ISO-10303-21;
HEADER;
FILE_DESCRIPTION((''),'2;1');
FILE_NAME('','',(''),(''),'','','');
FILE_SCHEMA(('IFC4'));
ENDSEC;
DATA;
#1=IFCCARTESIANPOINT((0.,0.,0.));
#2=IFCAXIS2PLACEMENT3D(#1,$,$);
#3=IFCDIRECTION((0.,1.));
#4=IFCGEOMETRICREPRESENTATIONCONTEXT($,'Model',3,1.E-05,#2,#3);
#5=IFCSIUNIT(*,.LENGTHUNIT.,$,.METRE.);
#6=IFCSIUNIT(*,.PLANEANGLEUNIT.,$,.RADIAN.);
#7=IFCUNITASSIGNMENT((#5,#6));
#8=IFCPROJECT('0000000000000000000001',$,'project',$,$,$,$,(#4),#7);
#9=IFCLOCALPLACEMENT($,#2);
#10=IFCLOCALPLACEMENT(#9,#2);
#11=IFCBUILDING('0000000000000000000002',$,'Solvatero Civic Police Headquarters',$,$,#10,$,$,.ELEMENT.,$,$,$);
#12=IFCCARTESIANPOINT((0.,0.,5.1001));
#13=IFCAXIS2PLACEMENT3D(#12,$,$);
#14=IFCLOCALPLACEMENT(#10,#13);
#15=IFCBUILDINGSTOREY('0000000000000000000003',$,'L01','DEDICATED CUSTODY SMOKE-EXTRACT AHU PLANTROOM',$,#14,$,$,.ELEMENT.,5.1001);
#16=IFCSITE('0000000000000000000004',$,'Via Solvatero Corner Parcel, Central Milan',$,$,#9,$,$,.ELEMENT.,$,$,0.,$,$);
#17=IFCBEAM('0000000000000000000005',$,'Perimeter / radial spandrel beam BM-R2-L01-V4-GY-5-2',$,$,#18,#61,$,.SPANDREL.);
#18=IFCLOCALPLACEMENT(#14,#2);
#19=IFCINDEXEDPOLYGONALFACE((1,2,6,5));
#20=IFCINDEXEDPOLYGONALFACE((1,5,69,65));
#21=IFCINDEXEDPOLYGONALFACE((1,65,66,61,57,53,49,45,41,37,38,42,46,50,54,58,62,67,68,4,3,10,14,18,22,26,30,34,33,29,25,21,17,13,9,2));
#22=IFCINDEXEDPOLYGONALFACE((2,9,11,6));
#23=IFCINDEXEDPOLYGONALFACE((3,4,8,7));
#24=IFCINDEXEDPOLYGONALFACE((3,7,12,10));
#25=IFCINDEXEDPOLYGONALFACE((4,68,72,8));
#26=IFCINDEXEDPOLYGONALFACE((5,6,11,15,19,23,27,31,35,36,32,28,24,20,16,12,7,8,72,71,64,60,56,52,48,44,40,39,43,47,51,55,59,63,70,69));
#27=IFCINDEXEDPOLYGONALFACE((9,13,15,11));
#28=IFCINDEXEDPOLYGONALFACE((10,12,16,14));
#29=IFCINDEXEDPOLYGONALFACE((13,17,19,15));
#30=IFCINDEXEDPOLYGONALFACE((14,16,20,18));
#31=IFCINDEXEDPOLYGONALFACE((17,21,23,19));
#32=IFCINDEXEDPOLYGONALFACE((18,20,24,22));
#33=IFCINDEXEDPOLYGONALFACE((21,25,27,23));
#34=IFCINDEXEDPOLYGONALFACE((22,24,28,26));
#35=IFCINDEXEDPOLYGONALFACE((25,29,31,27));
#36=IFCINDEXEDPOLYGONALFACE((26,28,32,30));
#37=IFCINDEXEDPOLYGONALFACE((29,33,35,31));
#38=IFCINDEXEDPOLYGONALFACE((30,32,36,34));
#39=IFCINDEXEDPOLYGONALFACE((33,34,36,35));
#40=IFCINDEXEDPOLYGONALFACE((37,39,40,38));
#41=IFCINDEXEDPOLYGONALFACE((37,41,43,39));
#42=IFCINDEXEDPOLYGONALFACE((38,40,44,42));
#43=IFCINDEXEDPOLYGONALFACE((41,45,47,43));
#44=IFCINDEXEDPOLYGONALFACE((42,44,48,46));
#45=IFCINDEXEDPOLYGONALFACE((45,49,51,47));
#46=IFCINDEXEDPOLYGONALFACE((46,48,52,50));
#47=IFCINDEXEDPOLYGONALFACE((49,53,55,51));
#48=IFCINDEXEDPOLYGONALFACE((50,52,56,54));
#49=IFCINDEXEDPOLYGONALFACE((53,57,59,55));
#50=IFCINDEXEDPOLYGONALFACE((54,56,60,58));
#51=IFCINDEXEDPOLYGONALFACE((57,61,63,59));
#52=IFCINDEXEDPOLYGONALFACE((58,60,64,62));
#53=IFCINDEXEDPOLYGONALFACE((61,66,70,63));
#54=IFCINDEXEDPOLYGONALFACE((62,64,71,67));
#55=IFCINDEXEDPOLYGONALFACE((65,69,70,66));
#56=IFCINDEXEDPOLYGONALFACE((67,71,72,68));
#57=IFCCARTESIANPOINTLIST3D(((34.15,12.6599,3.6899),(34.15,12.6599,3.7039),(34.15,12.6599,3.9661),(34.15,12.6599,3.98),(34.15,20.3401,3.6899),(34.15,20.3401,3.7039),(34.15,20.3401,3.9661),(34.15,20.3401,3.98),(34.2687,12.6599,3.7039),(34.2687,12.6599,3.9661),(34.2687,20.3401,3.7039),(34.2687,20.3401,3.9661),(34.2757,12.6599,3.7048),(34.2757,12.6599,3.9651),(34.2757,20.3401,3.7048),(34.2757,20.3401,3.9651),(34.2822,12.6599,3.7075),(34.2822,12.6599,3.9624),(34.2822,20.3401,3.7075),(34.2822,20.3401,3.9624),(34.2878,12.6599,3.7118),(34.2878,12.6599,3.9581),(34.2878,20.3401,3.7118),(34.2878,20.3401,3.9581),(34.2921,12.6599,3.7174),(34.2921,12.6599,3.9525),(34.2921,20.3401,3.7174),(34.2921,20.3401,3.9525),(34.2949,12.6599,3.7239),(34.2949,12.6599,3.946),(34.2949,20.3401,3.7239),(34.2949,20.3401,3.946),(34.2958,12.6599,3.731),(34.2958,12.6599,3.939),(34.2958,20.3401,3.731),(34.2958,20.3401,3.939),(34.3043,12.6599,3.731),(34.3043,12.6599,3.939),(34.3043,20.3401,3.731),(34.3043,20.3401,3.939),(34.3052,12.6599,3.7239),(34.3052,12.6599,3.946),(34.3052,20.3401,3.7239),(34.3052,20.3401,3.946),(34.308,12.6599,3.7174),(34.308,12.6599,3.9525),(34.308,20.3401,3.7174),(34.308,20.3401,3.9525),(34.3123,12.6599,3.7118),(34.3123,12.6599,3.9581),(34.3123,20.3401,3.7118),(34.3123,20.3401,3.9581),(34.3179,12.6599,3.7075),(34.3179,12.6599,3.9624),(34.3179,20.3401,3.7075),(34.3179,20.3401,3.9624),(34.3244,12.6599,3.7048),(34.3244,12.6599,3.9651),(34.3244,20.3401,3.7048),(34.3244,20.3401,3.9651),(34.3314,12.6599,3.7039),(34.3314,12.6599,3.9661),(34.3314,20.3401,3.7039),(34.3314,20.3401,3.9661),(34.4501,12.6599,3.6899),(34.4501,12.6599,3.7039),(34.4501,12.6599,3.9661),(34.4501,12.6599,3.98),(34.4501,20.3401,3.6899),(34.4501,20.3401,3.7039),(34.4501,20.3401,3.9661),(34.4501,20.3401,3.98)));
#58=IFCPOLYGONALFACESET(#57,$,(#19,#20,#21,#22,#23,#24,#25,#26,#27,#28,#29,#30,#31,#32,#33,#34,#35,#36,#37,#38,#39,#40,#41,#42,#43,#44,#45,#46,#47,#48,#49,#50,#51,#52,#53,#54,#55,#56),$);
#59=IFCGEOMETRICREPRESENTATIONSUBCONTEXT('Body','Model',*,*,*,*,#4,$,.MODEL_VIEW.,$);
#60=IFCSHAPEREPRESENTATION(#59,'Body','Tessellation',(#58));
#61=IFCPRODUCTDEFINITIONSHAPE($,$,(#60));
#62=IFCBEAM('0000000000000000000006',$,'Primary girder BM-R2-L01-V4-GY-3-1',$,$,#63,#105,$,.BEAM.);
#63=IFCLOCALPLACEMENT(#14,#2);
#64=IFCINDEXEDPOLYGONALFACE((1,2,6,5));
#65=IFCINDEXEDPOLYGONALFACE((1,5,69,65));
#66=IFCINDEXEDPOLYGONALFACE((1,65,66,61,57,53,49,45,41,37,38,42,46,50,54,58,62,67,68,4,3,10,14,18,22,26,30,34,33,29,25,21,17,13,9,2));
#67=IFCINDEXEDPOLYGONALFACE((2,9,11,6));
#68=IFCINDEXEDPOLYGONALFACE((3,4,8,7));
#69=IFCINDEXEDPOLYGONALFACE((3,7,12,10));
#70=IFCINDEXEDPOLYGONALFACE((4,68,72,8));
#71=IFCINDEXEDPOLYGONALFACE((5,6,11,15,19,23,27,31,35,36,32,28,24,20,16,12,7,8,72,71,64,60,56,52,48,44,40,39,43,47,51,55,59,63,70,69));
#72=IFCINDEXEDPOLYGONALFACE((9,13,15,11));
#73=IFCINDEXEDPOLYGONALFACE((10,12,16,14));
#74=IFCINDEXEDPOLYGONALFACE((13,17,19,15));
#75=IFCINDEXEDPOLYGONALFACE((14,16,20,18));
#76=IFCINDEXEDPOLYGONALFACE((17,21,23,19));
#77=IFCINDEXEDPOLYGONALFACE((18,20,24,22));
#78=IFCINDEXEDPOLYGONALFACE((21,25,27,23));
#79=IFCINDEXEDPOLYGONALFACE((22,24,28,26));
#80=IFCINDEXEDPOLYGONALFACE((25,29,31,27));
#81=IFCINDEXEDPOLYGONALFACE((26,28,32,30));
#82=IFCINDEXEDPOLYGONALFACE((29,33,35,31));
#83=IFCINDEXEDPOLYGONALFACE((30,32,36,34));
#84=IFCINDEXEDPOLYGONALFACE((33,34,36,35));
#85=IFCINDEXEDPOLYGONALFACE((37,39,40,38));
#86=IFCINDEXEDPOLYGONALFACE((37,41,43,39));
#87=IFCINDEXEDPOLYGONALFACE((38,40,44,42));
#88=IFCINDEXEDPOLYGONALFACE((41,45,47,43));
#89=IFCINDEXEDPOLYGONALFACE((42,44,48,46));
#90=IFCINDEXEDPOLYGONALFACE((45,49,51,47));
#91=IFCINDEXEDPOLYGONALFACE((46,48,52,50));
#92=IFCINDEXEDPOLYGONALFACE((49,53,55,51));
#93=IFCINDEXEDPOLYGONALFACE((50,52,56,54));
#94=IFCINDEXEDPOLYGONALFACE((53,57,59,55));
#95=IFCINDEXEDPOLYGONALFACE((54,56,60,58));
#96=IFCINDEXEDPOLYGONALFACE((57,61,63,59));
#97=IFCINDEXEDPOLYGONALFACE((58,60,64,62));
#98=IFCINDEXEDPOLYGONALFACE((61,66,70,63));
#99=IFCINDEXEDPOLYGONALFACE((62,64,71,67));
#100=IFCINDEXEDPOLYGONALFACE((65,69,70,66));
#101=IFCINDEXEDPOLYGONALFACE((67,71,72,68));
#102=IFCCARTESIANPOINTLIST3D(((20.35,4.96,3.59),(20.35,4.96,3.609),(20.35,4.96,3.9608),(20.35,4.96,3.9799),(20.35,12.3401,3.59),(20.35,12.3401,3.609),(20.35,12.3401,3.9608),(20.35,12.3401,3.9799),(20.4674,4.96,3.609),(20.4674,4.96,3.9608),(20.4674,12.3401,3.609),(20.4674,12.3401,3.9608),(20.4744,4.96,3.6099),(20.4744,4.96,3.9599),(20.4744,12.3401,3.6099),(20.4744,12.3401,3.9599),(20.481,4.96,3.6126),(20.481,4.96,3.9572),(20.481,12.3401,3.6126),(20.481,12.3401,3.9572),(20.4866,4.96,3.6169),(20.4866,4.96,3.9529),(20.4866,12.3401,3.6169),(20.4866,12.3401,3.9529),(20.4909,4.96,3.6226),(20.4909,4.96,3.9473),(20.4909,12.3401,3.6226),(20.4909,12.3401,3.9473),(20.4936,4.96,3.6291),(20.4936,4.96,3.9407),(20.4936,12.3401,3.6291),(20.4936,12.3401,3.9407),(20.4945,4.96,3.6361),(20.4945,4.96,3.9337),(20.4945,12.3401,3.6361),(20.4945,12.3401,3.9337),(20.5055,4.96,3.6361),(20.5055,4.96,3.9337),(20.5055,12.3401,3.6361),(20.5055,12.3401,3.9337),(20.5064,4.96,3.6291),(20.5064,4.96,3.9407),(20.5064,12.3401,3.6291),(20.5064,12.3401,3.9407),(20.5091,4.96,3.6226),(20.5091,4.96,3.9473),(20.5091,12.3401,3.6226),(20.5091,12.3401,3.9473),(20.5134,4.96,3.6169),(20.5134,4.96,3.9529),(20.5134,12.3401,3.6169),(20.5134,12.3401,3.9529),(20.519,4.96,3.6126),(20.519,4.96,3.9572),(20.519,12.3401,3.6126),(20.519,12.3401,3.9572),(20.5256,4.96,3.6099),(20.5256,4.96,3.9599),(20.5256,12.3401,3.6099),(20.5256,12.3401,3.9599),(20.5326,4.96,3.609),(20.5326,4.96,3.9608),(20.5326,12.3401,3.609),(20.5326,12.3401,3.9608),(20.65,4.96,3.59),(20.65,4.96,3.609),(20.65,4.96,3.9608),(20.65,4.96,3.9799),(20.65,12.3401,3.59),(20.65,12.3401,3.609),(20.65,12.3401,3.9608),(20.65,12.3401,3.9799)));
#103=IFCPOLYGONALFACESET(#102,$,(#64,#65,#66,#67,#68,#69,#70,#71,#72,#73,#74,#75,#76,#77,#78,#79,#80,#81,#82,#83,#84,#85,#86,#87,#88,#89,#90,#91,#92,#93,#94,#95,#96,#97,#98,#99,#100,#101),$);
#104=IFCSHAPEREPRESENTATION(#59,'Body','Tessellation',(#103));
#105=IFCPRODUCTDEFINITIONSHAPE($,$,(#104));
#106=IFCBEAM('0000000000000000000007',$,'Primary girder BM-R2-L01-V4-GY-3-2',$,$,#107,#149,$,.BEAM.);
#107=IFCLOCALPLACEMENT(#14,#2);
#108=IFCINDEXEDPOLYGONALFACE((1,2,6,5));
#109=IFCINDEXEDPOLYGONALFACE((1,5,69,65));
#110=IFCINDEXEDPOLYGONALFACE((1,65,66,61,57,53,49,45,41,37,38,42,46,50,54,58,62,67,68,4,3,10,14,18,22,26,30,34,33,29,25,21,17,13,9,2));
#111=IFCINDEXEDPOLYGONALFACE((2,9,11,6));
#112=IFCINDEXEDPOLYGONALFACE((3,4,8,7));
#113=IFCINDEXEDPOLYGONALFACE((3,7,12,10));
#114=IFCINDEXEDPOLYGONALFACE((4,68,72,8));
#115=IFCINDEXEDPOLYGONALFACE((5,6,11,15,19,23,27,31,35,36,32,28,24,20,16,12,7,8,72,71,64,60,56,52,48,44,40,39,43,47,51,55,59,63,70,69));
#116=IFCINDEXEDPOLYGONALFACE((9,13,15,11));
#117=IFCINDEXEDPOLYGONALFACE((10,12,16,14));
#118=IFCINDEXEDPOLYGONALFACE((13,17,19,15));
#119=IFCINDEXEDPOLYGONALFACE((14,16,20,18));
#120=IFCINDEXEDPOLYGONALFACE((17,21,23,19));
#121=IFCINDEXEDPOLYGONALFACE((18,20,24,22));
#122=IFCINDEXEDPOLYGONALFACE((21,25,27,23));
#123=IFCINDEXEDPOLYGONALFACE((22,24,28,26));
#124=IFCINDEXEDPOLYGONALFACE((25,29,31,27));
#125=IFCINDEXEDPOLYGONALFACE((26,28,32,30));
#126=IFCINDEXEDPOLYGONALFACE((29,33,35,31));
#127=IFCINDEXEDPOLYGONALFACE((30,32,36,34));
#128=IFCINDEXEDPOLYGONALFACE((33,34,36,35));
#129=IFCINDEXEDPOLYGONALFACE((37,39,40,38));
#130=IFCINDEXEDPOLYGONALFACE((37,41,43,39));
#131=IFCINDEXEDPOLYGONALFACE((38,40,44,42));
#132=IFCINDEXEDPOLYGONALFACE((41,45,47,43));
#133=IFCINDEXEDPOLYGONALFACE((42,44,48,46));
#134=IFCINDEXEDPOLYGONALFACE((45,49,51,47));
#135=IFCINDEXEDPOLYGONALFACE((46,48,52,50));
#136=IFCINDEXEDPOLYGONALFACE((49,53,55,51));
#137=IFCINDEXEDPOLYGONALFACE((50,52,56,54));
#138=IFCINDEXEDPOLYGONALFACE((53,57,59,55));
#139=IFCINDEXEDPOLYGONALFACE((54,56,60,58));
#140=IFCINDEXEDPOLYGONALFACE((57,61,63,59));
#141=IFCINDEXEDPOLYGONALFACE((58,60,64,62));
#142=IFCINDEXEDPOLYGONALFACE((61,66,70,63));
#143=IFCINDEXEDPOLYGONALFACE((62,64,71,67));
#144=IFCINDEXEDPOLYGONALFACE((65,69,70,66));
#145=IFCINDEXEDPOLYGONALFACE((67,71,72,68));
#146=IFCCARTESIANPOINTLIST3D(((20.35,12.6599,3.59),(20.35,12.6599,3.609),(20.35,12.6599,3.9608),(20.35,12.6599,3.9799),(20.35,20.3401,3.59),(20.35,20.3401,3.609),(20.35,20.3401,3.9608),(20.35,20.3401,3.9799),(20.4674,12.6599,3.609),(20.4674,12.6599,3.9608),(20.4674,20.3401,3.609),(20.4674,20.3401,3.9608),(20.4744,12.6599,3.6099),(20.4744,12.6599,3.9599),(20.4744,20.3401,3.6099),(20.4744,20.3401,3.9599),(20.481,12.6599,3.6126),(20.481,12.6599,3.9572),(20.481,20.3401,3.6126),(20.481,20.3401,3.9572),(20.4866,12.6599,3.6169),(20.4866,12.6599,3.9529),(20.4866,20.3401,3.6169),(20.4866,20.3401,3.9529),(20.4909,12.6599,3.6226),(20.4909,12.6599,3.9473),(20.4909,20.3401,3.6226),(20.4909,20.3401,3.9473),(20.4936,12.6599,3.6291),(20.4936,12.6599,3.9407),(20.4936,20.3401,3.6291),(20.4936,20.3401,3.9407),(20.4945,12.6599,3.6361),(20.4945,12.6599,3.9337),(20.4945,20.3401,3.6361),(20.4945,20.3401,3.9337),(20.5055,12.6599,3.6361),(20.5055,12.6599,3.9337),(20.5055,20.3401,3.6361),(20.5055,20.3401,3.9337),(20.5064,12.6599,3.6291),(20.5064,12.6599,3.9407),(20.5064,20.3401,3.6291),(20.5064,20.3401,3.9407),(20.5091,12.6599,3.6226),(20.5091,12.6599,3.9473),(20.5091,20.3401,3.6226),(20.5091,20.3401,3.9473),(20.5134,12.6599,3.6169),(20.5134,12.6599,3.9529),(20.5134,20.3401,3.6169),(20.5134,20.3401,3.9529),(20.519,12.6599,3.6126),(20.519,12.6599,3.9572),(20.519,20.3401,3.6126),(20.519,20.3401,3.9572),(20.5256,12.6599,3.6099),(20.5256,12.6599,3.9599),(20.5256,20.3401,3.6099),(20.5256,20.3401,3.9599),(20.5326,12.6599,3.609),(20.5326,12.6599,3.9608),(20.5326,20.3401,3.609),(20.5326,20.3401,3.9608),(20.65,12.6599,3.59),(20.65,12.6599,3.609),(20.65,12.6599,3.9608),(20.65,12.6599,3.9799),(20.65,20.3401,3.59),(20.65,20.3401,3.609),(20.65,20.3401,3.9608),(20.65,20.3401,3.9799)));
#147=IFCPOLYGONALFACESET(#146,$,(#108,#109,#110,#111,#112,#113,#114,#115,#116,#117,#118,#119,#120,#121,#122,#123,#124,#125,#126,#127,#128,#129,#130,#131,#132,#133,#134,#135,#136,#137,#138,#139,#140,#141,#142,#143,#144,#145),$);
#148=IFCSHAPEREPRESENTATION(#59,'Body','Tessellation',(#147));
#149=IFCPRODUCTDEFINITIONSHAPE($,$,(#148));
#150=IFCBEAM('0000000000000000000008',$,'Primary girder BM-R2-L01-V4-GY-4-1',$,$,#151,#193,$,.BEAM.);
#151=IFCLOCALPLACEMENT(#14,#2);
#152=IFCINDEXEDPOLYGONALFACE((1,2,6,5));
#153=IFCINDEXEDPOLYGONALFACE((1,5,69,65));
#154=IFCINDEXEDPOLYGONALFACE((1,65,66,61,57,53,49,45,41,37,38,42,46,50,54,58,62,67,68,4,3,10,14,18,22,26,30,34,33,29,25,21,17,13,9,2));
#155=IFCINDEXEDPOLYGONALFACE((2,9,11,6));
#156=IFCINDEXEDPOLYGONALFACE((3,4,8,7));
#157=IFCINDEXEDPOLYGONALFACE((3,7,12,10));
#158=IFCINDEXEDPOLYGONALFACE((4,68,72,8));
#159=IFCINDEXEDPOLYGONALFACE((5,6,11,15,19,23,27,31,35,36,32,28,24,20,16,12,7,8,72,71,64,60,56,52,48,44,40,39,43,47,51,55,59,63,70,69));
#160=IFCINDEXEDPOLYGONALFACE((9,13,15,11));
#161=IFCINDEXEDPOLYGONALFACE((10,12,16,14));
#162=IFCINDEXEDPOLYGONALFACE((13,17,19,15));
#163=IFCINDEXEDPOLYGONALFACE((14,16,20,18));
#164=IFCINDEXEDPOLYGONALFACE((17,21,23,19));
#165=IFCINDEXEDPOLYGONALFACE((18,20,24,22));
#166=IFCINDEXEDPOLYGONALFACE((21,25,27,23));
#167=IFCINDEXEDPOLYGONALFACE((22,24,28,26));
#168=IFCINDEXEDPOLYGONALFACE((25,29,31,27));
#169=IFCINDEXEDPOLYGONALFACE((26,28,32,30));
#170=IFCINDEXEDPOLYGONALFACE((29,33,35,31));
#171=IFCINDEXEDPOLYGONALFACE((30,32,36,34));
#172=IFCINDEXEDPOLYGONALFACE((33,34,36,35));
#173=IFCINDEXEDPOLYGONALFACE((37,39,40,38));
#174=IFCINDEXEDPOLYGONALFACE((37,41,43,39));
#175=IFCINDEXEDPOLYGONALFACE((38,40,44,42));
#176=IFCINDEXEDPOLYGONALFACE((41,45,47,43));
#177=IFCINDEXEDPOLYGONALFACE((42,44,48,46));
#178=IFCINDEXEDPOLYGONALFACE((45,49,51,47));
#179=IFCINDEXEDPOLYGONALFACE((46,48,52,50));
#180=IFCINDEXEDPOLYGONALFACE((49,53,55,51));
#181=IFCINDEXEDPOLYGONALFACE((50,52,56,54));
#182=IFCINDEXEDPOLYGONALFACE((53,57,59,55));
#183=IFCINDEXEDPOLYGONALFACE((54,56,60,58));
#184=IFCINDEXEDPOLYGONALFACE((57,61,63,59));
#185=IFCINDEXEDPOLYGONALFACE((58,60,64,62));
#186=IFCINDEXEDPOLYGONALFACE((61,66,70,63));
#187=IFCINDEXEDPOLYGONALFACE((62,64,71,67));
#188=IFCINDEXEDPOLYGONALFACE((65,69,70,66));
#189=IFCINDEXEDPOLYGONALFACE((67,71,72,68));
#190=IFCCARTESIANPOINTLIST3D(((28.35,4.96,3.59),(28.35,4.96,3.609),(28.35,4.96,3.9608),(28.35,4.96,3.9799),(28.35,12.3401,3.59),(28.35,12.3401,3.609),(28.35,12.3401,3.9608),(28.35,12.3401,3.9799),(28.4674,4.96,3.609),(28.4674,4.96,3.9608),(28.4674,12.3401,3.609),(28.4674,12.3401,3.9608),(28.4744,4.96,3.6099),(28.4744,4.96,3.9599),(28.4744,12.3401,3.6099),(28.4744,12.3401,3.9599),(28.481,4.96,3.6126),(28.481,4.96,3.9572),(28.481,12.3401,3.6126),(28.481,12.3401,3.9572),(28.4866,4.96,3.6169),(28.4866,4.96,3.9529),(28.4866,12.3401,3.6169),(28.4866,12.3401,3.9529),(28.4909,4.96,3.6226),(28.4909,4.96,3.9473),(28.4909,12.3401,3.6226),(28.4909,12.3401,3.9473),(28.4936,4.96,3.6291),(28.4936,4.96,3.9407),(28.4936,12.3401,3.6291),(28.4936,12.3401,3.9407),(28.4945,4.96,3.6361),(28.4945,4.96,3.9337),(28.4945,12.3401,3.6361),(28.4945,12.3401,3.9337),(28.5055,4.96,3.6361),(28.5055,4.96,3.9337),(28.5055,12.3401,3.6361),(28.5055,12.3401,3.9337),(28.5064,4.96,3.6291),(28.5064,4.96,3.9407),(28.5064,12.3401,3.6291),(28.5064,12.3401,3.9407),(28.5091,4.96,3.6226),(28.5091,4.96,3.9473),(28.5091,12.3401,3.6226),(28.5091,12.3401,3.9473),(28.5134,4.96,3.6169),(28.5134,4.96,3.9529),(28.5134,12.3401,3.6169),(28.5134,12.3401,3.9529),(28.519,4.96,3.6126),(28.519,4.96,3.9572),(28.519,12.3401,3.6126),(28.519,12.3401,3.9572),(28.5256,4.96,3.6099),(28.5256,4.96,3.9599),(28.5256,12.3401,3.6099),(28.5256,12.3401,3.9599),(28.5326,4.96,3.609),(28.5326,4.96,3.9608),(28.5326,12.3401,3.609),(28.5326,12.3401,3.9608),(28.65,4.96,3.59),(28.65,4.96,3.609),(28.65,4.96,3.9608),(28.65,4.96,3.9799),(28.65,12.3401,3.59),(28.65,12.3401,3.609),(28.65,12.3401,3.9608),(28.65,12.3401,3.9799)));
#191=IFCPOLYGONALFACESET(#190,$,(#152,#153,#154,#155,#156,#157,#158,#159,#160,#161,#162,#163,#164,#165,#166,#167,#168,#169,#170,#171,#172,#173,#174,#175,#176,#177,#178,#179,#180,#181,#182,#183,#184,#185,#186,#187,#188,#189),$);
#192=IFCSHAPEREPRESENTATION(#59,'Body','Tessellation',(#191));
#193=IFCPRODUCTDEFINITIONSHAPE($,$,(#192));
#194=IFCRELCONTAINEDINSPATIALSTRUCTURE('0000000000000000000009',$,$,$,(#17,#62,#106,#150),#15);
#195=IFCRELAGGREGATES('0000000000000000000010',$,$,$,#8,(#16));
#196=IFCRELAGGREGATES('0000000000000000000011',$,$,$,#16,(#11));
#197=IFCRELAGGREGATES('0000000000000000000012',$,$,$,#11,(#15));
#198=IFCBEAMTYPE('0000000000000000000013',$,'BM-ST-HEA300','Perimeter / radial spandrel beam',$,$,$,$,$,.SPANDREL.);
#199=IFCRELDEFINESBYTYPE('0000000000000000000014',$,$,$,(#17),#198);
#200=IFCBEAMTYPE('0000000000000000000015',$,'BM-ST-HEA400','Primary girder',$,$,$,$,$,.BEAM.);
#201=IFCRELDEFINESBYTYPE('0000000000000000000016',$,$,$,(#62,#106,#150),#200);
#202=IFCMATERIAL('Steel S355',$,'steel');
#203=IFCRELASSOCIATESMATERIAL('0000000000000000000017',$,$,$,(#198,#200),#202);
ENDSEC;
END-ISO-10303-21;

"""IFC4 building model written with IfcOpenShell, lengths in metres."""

from ifc_helpers import new_model, si_unit, direction, frame, origin, origin_2d, place, context, subcontext, project, spatial, i_section, extrude, material, material_profile, profile_set, type_object, element, save


model = new_model("IFC4")

# Units and contexts
model_context = context("Model", 3, precision=1e-05, world=origin(), true_north=direction((0.0, 1.0)))
body_context = subcontext(model_context, "Body", "Model", "MODEL_VIEW")
ifc_project = project(units=[si_unit("LENGTHUNIT", "METRE"), si_unit("PLANEANGLEUNIT", "RADIAN")], contexts=[model_context])

# Site, building, storey
site_placement = place(None, origin())
site = spatial("IfcSite", under=ifc_project, at=site_placement, Name="Via Solvatero Corner Parcel, Central Milan", CompositionType="ELEMENT", RefElevation=0.0)
building_placement = place(site_placement, origin())
building = spatial("IfcBuilding", under=site, at=building_placement, Name="Solvatero Civic Police Headquarters", CompositionType="ELEMENT")
storey_placement = place(building_placement, frame((0.0, 0.0, 5.1001)))
storey = spatial("IfcBuildingStorey", under=building, at=storey_placement, Name="L01", Description="DEDICATED CUSTODY SMOKE-EXTRACT AHU PLANTROOM", CompositionType="ELEMENT", Elevation=5.1001)

# Shared definitions
ifc_material_1 = material(Name="Steel S355", Category="steel")

# Beams
ifc_material_profile_1 = material_profile(ifc_material_1, i_section(OverallWidth=0.3, OverallDepth=0.29, WebThickness=0.0085, FlangeThickness=0.0139, FilletRadius=0.0271, at=origin_2d()), Name="HEA 300")
ifc_profile_set_1 = profile_set([ifc_material_profile_1], Name="Steel S355")
beam_type_1 = type_object("IfcBeamType", Name="BM-ST-HEA300", Description="Perimeter / radial spandrel beam", PredefinedType="SPANDREL", material=ifc_profile_set_1)
beam_1_placement = place(storey_placement, frame((34.3, 12.6599, 3.835), z_axis=(0.0, 1.0, 0.0), x_axis=(-1.0, 0.0, 0.0)))
element("IfcBeam", 1, at=beam_1_placement, inside=storey, type_object=beam_type_1, Name="Perimeter / radial spandrel beam BM-R2-L01-V4-GY-5-2", PredefinedType="SPANDREL", context=body_context, shape_type="SweptSolid", body=[
    extrude(i_section(OverallWidth=0.3, OverallDepth=0.29, WebThickness=0.0085, FlangeThickness=0.0139, FilletRadius=0.0271, at=origin_2d()), origin(), (0.0, 0.0, 1.0), 7.6802),
])
ifc_material_profile_2 = material_profile(ifc_material_1, i_section(OverallWidth=0.3, OverallDepth=0.3899, WebThickness=0.011, FlangeThickness=0.019, FilletRadius=0.0271, at=origin_2d()), Name="HEA 400")
ifc_profile_set_2 = profile_set([ifc_material_profile_2], Name="Steel S355")
beam_type_2 = type_object("IfcBeamType", Name="BM-ST-HEA400", Description="Primary girder", PredefinedType="BEAM", material=ifc_profile_set_2)
beam_2_placement = place(storey_placement, frame((20.5, 4.96, 3.7849), z_axis=(0.0, 1.0, 0.0), x_axis=(-1.0, 0.0, 0.0)))
element("IfcBeam", 2, at=beam_2_placement, inside=storey, type_object=beam_type_2, Name="Primary girder BM-R2-L01-V4-GY-3-1", PredefinedType="BEAM", context=body_context, shape_type="SweptSolid", body=[
    extrude(i_section(OverallWidth=0.3, OverallDepth=0.3899, WebThickness=0.011, FlangeThickness=0.019, FilletRadius=0.0271, at=origin_2d()), origin(), (0.0, 0.0, 1.0), 7.3801),
])
beam_3_placement = place(storey_placement, frame((20.5, 12.6599, 3.7849), z_axis=(0.0, 1.0, 0.0), x_axis=(-1.0, 0.0, 0.0)))
element("IfcBeam", 3, at=beam_3_placement, inside=storey, type_object=beam_type_2, Name="Primary girder BM-R2-L01-V4-GY-3-2", PredefinedType="BEAM", context=body_context, shape_type="SweptSolid", body=[
    extrude(i_section(OverallWidth=0.3, OverallDepth=0.3899, WebThickness=0.011, FlangeThickness=0.019, FilletRadius=0.0271, at=origin_2d()), origin(), (0.0, 0.0, 1.0), 7.6802),
])
beam_4_placement = place(storey_placement, frame((28.5, 4.96, 3.7849), z_axis=(0.0, 1.0, 0.0), x_axis=(-1.0, 0.0, 0.0)))
element("IfcBeam", 4, at=beam_4_placement, inside=storey, type_object=beam_type_2, Name="Primary girder BM-R2-L01-V4-GY-4-1", PredefinedType="BEAM", context=body_context, shape_type="SweptSolid", body=[
    extrude(i_section(OverallWidth=0.3, OverallDepth=0.3899, WebThickness=0.011, FlangeThickness=0.019, FilletRadius=0.0271, at=origin_2d()), origin(), (0.0, 0.0, 1.0), 7.3801),
])

save(model, "model.ifc")
